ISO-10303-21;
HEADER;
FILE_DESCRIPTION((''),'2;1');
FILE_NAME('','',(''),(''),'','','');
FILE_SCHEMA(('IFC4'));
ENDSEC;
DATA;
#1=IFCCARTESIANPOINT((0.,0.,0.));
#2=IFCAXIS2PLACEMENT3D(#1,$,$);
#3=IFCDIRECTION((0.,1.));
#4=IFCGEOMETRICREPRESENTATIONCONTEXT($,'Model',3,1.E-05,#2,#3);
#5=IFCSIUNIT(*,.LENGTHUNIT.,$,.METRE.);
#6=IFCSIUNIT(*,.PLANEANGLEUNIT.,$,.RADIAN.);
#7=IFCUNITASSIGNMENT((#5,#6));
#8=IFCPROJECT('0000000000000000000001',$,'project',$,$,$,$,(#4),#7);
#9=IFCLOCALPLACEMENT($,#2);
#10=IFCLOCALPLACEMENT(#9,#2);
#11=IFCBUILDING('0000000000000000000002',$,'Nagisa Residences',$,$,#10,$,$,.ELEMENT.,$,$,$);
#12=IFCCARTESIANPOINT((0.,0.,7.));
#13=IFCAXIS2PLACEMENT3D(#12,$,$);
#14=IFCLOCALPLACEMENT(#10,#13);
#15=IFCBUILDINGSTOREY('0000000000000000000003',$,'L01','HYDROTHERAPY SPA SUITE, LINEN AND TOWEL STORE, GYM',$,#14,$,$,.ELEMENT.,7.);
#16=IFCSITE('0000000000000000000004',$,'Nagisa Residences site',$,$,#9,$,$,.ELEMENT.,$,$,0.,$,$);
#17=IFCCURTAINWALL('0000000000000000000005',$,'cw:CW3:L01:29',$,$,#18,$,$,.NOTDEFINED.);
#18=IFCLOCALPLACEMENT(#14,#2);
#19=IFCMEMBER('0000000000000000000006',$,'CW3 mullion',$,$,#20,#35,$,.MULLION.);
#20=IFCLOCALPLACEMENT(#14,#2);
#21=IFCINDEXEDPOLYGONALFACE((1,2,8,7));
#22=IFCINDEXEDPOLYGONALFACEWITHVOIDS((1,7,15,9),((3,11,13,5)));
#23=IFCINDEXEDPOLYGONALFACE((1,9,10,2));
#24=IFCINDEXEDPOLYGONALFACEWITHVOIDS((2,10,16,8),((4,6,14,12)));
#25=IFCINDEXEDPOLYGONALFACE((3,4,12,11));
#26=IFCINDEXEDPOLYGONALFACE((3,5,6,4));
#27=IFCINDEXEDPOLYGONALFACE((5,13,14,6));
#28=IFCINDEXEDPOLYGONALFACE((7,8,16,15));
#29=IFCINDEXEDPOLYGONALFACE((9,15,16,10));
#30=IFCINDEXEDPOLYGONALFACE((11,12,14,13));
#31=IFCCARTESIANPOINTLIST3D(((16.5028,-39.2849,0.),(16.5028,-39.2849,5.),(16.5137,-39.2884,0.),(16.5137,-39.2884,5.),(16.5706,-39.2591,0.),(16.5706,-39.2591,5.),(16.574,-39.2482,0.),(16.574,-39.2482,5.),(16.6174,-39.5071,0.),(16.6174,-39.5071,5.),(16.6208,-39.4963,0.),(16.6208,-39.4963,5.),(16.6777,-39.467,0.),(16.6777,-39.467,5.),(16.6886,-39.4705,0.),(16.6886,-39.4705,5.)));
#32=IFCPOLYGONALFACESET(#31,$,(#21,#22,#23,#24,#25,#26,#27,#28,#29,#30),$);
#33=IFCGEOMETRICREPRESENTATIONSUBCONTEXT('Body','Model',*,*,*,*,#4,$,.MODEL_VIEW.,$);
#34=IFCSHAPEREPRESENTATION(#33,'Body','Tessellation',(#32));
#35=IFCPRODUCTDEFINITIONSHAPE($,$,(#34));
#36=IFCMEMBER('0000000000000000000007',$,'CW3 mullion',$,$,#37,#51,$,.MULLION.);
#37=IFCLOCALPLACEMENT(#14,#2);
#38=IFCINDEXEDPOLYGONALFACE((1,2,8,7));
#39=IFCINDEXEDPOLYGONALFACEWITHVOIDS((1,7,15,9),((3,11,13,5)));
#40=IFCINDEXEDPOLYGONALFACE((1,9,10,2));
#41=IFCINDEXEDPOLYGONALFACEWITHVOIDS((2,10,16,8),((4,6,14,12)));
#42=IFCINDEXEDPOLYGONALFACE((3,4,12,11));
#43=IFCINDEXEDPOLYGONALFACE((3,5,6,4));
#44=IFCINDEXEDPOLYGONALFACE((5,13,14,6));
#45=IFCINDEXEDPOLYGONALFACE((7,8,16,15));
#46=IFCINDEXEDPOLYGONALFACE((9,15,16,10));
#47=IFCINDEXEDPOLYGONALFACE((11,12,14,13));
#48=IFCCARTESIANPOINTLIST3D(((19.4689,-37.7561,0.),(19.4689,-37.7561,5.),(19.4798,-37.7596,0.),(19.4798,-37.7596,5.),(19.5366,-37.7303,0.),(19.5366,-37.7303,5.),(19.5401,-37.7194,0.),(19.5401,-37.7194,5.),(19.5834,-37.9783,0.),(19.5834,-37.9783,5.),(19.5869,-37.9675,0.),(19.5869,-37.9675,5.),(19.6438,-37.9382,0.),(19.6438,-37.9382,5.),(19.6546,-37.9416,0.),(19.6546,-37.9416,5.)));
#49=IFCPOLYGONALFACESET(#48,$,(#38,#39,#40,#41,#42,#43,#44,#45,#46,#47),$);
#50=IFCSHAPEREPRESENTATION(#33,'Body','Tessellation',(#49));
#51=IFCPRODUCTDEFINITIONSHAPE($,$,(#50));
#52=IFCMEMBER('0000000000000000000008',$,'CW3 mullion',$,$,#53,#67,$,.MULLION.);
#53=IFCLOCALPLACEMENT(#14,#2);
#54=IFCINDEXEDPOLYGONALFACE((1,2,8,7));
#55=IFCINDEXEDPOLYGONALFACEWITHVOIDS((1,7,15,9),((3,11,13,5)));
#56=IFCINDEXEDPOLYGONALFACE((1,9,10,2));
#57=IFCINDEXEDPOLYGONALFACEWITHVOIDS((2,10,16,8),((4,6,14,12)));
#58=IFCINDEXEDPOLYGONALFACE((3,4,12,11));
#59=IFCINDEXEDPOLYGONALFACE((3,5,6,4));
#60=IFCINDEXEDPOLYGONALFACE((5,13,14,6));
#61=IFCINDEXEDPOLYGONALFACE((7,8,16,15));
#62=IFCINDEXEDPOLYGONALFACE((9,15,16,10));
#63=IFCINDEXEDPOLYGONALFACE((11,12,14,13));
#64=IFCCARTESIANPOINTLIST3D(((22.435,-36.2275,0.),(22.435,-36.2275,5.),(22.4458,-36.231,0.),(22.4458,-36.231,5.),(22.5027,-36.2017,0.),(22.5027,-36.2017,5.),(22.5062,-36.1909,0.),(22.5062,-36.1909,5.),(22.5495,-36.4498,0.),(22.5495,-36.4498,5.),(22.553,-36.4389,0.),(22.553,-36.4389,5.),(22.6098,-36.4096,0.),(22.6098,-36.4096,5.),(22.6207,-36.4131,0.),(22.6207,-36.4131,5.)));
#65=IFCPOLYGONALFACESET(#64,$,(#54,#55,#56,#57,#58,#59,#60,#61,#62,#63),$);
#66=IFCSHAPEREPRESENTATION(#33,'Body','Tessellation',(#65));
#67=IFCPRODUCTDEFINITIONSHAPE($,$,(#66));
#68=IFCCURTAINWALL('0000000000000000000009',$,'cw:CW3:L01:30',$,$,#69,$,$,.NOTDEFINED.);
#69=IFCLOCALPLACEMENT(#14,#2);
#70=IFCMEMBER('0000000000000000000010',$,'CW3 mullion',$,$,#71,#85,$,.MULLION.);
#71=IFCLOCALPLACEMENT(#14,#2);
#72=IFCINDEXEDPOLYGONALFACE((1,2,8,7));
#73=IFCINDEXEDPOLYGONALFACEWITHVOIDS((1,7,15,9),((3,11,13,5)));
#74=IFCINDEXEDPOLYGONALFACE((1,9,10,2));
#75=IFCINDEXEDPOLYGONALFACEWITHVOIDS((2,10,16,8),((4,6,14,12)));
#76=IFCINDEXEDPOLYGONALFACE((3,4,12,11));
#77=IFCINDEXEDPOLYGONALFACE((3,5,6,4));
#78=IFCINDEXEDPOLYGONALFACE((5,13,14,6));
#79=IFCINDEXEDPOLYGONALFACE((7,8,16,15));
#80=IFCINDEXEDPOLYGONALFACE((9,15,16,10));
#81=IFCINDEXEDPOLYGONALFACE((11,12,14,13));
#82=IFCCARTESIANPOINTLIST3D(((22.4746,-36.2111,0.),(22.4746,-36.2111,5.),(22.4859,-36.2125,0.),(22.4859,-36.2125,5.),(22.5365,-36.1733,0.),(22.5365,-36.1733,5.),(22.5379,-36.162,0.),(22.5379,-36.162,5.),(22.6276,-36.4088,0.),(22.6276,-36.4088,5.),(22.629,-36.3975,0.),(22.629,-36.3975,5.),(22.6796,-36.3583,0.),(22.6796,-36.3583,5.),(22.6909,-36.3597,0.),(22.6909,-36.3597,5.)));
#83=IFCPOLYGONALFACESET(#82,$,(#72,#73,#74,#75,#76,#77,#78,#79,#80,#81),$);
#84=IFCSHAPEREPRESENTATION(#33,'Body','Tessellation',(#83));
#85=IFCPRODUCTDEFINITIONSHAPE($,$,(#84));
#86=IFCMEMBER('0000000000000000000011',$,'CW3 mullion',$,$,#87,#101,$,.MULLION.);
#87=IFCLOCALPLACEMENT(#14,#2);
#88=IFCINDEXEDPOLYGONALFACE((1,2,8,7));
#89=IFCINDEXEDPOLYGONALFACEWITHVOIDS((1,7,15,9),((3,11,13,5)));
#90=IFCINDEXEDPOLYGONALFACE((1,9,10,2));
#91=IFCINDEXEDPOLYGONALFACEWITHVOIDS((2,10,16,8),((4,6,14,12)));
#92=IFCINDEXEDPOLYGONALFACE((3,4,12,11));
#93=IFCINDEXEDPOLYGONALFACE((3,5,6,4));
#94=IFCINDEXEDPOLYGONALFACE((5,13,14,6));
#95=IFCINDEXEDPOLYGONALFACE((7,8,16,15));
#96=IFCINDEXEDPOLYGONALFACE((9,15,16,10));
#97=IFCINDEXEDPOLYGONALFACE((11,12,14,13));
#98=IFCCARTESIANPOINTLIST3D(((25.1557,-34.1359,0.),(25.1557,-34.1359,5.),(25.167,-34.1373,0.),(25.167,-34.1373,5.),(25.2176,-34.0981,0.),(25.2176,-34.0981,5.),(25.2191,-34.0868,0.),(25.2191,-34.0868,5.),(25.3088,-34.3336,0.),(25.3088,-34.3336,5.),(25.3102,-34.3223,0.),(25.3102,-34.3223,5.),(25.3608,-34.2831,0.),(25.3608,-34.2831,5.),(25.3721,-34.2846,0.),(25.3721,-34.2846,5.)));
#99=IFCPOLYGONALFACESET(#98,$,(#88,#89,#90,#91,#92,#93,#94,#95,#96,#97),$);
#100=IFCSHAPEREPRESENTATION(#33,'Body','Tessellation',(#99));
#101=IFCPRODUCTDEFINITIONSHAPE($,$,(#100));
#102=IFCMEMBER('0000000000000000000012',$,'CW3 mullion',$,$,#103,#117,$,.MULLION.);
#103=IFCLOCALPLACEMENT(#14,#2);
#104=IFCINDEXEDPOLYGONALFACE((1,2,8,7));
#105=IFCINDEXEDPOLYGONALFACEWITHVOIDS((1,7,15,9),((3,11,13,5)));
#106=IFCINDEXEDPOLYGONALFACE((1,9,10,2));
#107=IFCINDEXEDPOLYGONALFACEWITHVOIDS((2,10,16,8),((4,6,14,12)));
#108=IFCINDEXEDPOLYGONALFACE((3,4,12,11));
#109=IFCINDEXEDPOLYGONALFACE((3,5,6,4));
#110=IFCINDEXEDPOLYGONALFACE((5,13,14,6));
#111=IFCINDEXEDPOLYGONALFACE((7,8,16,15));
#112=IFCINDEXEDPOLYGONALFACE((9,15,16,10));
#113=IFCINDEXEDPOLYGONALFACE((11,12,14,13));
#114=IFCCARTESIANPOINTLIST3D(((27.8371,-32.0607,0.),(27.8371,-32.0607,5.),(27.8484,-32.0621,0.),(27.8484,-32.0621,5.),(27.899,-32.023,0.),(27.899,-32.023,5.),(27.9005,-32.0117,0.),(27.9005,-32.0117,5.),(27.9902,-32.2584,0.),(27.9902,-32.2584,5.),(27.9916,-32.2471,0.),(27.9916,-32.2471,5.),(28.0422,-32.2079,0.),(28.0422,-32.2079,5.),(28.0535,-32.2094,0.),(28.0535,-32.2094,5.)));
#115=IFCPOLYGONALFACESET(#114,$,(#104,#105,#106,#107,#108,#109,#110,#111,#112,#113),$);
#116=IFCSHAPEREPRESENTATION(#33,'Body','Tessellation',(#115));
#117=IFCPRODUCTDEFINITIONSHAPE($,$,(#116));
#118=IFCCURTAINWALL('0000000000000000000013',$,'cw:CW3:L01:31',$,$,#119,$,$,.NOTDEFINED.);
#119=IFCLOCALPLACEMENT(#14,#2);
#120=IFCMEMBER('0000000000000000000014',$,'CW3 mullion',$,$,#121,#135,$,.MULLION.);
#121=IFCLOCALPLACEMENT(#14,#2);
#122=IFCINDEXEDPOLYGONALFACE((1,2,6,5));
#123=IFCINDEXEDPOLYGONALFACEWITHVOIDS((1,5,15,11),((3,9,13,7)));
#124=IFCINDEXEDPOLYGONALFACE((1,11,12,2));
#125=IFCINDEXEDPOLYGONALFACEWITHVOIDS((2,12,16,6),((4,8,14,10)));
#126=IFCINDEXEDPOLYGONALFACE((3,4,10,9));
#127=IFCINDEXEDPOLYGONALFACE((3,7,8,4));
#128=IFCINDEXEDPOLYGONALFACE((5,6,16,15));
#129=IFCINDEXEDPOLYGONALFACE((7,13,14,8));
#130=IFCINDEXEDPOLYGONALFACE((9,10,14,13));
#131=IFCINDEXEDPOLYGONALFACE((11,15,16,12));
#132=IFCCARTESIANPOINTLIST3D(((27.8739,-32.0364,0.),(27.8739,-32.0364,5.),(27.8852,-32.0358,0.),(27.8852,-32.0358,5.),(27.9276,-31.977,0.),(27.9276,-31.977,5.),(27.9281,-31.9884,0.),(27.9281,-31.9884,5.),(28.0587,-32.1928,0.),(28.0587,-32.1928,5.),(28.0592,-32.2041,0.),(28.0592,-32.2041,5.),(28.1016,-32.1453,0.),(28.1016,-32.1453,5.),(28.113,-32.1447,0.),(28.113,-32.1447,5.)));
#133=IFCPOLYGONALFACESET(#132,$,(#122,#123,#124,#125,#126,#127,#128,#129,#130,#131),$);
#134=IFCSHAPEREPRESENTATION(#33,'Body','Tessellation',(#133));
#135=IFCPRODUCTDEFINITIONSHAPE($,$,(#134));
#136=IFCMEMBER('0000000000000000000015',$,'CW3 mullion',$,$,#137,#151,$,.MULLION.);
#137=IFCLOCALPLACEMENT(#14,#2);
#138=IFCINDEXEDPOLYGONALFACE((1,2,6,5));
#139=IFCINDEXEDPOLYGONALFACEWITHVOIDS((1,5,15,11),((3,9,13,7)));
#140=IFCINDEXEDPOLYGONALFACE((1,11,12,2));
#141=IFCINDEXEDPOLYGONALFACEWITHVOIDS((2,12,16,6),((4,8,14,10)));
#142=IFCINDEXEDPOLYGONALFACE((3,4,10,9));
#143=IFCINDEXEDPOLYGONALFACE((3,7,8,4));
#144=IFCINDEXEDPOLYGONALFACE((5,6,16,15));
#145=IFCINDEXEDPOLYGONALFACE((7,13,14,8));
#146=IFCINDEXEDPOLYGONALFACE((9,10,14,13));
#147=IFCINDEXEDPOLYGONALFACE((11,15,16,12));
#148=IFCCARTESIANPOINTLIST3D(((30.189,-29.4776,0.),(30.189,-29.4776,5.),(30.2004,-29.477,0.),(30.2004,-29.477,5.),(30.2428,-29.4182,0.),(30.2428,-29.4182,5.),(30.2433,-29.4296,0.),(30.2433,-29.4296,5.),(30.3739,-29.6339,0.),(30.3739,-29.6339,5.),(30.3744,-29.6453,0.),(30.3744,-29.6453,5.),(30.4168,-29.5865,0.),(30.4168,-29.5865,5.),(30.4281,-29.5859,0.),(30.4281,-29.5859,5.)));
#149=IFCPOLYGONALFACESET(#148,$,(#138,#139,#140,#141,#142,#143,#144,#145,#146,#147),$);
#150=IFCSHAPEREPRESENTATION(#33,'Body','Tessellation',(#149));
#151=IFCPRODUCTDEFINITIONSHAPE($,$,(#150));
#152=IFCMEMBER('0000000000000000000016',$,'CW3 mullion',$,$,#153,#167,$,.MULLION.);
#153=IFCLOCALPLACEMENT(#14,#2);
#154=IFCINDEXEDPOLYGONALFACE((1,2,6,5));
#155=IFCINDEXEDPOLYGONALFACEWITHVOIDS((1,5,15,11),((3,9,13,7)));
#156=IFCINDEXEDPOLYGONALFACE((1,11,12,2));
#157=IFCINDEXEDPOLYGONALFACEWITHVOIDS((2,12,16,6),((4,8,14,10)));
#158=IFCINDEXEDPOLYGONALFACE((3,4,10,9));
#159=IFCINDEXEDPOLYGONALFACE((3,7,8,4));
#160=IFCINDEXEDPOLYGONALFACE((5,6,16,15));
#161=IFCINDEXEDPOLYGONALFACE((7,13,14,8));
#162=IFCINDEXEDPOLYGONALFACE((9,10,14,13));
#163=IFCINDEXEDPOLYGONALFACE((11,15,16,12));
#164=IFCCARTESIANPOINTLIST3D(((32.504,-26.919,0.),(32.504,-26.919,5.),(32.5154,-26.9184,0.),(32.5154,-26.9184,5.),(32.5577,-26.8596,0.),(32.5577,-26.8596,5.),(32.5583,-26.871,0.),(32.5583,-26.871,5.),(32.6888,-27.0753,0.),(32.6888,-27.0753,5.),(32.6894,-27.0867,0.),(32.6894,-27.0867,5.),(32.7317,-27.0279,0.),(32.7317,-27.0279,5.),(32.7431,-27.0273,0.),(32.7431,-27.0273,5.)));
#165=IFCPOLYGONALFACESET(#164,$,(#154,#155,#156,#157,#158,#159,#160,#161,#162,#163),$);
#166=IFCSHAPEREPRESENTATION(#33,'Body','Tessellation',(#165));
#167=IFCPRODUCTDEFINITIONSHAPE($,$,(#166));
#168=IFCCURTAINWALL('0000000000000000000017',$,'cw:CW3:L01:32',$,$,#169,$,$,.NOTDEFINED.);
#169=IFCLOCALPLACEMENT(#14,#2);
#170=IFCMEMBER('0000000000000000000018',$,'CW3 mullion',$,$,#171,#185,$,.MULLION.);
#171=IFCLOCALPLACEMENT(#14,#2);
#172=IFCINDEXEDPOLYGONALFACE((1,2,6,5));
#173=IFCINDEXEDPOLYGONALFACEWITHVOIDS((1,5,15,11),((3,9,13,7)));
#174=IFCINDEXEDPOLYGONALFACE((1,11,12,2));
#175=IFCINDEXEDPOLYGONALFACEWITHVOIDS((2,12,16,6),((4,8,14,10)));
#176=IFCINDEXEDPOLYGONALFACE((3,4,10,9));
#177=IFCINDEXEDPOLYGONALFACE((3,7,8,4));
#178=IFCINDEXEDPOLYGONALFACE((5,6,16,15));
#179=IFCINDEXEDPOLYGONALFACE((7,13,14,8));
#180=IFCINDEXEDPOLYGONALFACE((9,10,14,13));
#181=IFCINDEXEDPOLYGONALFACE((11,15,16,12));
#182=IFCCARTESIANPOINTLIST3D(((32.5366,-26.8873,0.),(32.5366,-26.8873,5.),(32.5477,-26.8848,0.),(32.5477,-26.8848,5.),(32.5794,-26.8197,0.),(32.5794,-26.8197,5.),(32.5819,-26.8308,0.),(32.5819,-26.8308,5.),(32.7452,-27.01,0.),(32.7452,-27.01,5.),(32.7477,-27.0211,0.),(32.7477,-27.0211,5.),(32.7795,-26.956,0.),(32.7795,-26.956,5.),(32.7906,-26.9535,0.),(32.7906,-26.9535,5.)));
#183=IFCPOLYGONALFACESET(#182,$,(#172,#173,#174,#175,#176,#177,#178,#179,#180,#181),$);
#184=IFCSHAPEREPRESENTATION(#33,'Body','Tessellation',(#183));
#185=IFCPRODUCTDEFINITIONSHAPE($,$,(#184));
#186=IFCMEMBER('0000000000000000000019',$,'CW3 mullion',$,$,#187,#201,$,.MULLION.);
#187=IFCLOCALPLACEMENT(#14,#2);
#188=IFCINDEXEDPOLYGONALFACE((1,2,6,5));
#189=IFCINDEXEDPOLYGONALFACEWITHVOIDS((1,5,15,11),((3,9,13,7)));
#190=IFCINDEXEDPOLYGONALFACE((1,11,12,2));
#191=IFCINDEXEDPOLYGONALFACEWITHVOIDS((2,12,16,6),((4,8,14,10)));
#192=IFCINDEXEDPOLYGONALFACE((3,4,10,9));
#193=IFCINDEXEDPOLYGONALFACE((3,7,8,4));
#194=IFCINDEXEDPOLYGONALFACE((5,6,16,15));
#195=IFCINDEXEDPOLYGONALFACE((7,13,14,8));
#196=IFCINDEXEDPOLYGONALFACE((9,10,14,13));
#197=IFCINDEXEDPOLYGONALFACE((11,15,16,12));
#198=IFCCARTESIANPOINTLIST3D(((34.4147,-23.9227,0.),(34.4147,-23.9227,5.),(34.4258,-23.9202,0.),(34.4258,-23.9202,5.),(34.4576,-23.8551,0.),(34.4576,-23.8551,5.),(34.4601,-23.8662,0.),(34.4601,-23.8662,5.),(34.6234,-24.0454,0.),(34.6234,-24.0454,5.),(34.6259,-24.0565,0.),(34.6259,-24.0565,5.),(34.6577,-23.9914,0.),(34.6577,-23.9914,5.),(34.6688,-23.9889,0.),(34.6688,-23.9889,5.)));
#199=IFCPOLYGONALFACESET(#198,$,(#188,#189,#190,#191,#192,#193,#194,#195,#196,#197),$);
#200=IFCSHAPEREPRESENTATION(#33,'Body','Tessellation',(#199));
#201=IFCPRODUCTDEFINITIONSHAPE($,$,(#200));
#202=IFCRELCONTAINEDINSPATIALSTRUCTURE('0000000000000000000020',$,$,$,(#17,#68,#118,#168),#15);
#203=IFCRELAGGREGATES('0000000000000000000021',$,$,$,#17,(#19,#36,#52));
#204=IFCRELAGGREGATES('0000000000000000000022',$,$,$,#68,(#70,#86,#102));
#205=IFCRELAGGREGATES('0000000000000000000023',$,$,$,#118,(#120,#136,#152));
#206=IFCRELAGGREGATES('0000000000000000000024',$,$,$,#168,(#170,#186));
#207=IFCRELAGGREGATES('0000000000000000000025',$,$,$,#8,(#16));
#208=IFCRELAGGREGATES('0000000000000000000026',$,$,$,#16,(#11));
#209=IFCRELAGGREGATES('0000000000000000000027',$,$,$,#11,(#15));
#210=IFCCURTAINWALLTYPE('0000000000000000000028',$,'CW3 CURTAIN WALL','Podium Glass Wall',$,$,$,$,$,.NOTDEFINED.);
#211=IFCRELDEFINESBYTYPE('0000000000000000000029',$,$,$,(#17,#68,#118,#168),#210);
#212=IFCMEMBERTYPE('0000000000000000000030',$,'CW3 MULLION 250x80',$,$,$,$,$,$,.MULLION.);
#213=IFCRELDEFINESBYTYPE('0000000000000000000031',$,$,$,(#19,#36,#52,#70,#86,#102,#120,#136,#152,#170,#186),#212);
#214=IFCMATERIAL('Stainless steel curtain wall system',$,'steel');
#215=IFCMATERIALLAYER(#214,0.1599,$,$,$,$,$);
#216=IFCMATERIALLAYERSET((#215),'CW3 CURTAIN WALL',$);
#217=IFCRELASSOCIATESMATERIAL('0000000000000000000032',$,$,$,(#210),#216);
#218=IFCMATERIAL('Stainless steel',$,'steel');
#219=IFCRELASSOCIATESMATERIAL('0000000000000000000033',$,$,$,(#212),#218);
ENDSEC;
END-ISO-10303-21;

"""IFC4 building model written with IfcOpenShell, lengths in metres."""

from ifc_helpers import new_model, si_unit, direction, frame, origin, origin_2d, place, context, subcontext, project, spatial, hollow_rectangle, extrude, material, layer, layer_set, material_profile, profile_set, type_object, element, aggregate, save


model = new_model("IFC4")

# Units and contexts
model_context = context("Model", 3, precision=1e-05, world=origin(), true_north=direction((0.0, 1.0)))
body_context = subcontext(model_context, "Body", "Model", "MODEL_VIEW")
ifc_project = project(units=[si_unit("LENGTHUNIT", "METRE"), si_unit("PLANEANGLEUNIT", "RADIAN")], contexts=[model_context])

# Site, building, storey
site_placement = place(None, origin())
site = spatial("IfcSite", under=ifc_project, at=site_placement, Name="Nagisa Residences site", CompositionType="ELEMENT", RefElevation=0.0)
building_placement = place(site_placement, origin())
building = spatial("IfcBuilding", under=site, at=building_placement, Name="Nagisa Residences", CompositionType="ELEMENT")
storey_placement = place(building_placement, frame((0.0, 0.0, 7.0)))
storey = spatial("IfcBuildingStorey", under=building, at=storey_placement, Name="L01", Description="HYDROTHERAPY SPA SUITE, LINEN AND TOWEL STORE, GYM", CompositionType="ELEMENT", Elevation=7.0)

# Curtain walls, members
ifc_material_1 = material(Name="Stainless steel curtain wall system", Category="steel")
ifc_layer_1 = layer(ifc_material_1, 0.1599)
ifc_layer_set_1 = layer_set([ifc_layer_1], Name="CW3 CURTAIN WALL")
curtain_wall_type_1 = type_object("IfcCurtainWallType", Name="CW3 CURTAIN WALL", Description="Podium Glass Wall", PredefinedType="NOTDEFINED", material=ifc_layer_set_1)
curtain_wall_1_placement = place(storey_placement, origin())
curtain_wall_1 = element("IfcCurtainWall", 1, at=curtain_wall_1_placement, inside=storey, type_object=curtain_wall_type_1, Name="cw:CW3:L01:29", PredefinedType="NOTDEFINED")
ifc_material_2 = material(Name="Stainless steel", Category="steel")
ifc_material_profile_1 = material_profile(ifc_material_2, hollow_rectangle(XDim=0.25, YDim=0.0801, WallThickness=0.0081, at=origin_2d()), Name="CW3 MULLION 250x80")
ifc_profile_set_1 = profile_set([ifc_material_profile_1], Name="Stainless steel")
member_type_1 = type_object("IfcMemberType", Name="CW3 MULLION 250x80", PredefinedType="MULLION", material=ifc_profile_set_1)
member_1_placement = place(storey_placement, frame((16.5957, -39.3777, 0.0), z_axis=(0.0, 0.0, 1.0), x_axis=(-0.458126, 0.888887, 0.0)))
member_1 = element("IfcMember", 2, at=member_1_placement, type_object=member_type_1, Name="CW3 mullion", PredefinedType="MULLION", context=body_context, shape_type="SweptSolid", body=[
    extrude(hollow_rectangle(XDim=0.25, YDim=0.0801, WallThickness=0.0081, at=origin_2d()), origin(), (0.0, 0.0, 1.0), 5.0),
])
member_2_placement = place(storey_placement, frame((19.5618, -37.8489, 0.0), z_axis=(0.0, 0.0, 1.0), x_axis=(-0.458126, 0.888887, 0.0)))
member_2 = element("IfcMember", 3, at=member_2_placement, type_object=member_type_1, Name="CW3 mullion", PredefinedType="MULLION", context=body_context, shape_type="SweptSolid", body=[
    extrude(hollow_rectangle(XDim=0.25, YDim=0.0801, WallThickness=0.0081, at=origin_2d()), origin(), (0.0, 0.0, 1.0), 5.0),
])
member_3_placement = place(storey_placement, frame((22.5278, -36.3203, 0.0), z_axis=(0.0, 0.0, 1.0), x_axis=(-0.458126, 0.888887, 0.0)))
member_3 = element("IfcMember", 4, at=member_3_placement, type_object=member_type_1, Name="CW3 mullion", PredefinedType="MULLION", context=body_context, shape_type="SweptSolid", body=[
    extrude(hollow_rectangle(XDim=0.25, YDim=0.0801, WallThickness=0.0081, at=origin_2d()), origin(), (0.0, 0.0, 1.0), 5.0),
])
curtain_wall_2_placement = place(storey_placement, origin())
curtain_wall_2 = element("IfcCurtainWall", 5, at=curtain_wall_2_placement, inside=storey, type_object=curtain_wall_type_1, Name="cw:CW3:L01:30", PredefinedType="NOTDEFINED")
member_4_placement = place(storey_placement, frame((22.5828, -36.2854, 0.0), z_axis=(0.0, 0.0, 1.0), x_axis=(-0.612035, 0.790831, 0.0)))
member_4 = element("IfcMember", 6, at=member_4_placement, type_object=member_type_1, Name="CW3 mullion", PredefinedType="MULLION", context=body_context, shape_type="SweptSolid", body=[
    extrude(hollow_rectangle(XDim=0.25, YDim=0.0801, WallThickness=0.0081, at=origin_2d()), origin(), (0.0, 0.0, 1.0), 5.0),
])
member_5_placement = place(storey_placement, frame((25.2639, -34.2102, 0.0), z_axis=(0.0, 0.0, 1.0), x_axis=(-0.612035, 0.790831, 0.0)))
member_5 = element("IfcMember", 7, at=member_5_placement, type_object=member_type_1, Name="CW3 mullion", PredefinedType="MULLION", context=body_context, shape_type="SweptSolid", body=[
    extrude(hollow_rectangle(XDim=0.25, YDim=0.0801, WallThickness=0.0081, at=origin_2d()), origin(), (0.0, 0.0, 1.0), 5.0),
])
member_6_placement = place(storey_placement, frame((27.9453, -32.135, 0.0), z_axis=(0.0, 0.0, 1.0), x_axis=(-0.612035, 0.790831, 0.0)))
member_6 = element("IfcMember", 8, at=member_6_placement, type_object=member_type_1, Name="CW3 mullion", PredefinedType="MULLION", context=body_context, shape_type="SweptSolid", body=[
    extrude(hollow_rectangle(XDim=0.25, YDim=0.0801, WallThickness=0.0081, at=origin_2d()), origin(), (0.0, 0.0, 1.0), 5.0),
])
curtain_wall_3_placement = place(storey_placement, origin())
curtain_wall_3 = element("IfcCurtainWall", 9, at=curtain_wall_3_placement, inside=storey, type_object=curtain_wall_type_1, Name="cw:CW3:L01:31", PredefinedType="NOTDEFINED")
member_7_placement = place(storey_placement, frame((27.9934, -32.0906, 0.0), z_axis=(0.0, 0.0, 1.0), x_axis=(-0.741536, 0.670913, 0.0)))
member_7 = element("IfcMember", 10, at=member_7_placement, type_object=member_type_1, Name="CW3 mullion", PredefinedType="MULLION", context=body_context, shape_type="SweptSolid", body=[
    extrude(hollow_rectangle(XDim=0.25, YDim=0.0801, WallThickness=0.0081, at=origin_2d()), origin(), (0.0, 0.0, 1.0), 5.0),
])
member_8_placement = place(storey_placement, frame((30.3086, -29.5317, 0.0), z_axis=(0.0, 0.0, 1.0), x_axis=(-0.741536, 0.670913, 0.0)))
member_8 = element("IfcMember", 11, at=member_8_placement, type_object=member_type_1, Name="CW3 mullion", PredefinedType="MULLION", context=body_context, shape_type="SweptSolid", body=[
    extrude(hollow_rectangle(XDim=0.25, YDim=0.0801, WallThickness=0.0081, at=origin_2d()), origin(), (0.0, 0.0, 1.0), 5.0),
])
member_9_placement = place(storey_placement, frame((32.6235, -26.9731, 0.0), z_axis=(0.0, 0.0, 1.0), x_axis=(-0.741536, 0.670913, 0.0)))
member_9 = element("IfcMember", 12, at=member_9_placement, type_object=member_type_1, Name="CW3 mullion", PredefinedType="MULLION", context=body_context, shape_type="SweptSolid", body=[
    extrude(hollow_rectangle(XDim=0.25, YDim=0.0801, WallThickness=0.0081, at=origin_2d()), origin(), (0.0, 0.0, 1.0), 5.0),
])
curtain_wall_4_placement = place(storey_placement, origin())
curtain_wall_4 = element("IfcCurtainWall", 13, at=curtain_wall_4_placement, inside=storey, type_object=curtain_wall_type_1, Name="cw:CW3:L01:32", PredefinedType="NOTDEFINED")
member_10_placement = place(storey_placement, frame((32.6636, -26.9204, 0.0), z_axis=(0.0, 0.0, 1.0), x_axis=(-0.844747, 0.535165, 0.0)))
member_10 = element("IfcMember", 14, at=member_10_placement, type_object=member_type_1, Name="CW3 mullion", PredefinedType="MULLION", context=body_context, shape_type="SweptSolid", body=[
    extrude(hollow_rectangle(XDim=0.25, YDim=0.0801, WallThickness=0.0081, at=origin_2d()), origin(), (0.0, 0.0, 1.0), 5.0),
])
member_11_placement = place(storey_placement, frame((34.5417, -23.9558, 0.0), z_axis=(0.0, 0.0, 1.0), x_axis=(-0.844747, 0.535165, 0.0)))
member_11 = element("IfcMember", 15, at=member_11_placement, type_object=member_type_1, Name="CW3 mullion", PredefinedType="MULLION", context=body_context, shape_type="SweptSolid", body=[
    extrude(hollow_rectangle(XDim=0.25, YDim=0.0801, WallThickness=0.0081, at=origin_2d()), origin(), (0.0, 0.0, 1.0), 5.0),
])

aggregate(curtain_wall_1, [member_1, member_2, member_3])
aggregate(curtain_wall_2, [member_4, member_5, member_6])
aggregate(curtain_wall_3, [member_7, member_8, member_9])
aggregate(curtain_wall_4, [member_10, member_11])

save(model, "model.ifc")
